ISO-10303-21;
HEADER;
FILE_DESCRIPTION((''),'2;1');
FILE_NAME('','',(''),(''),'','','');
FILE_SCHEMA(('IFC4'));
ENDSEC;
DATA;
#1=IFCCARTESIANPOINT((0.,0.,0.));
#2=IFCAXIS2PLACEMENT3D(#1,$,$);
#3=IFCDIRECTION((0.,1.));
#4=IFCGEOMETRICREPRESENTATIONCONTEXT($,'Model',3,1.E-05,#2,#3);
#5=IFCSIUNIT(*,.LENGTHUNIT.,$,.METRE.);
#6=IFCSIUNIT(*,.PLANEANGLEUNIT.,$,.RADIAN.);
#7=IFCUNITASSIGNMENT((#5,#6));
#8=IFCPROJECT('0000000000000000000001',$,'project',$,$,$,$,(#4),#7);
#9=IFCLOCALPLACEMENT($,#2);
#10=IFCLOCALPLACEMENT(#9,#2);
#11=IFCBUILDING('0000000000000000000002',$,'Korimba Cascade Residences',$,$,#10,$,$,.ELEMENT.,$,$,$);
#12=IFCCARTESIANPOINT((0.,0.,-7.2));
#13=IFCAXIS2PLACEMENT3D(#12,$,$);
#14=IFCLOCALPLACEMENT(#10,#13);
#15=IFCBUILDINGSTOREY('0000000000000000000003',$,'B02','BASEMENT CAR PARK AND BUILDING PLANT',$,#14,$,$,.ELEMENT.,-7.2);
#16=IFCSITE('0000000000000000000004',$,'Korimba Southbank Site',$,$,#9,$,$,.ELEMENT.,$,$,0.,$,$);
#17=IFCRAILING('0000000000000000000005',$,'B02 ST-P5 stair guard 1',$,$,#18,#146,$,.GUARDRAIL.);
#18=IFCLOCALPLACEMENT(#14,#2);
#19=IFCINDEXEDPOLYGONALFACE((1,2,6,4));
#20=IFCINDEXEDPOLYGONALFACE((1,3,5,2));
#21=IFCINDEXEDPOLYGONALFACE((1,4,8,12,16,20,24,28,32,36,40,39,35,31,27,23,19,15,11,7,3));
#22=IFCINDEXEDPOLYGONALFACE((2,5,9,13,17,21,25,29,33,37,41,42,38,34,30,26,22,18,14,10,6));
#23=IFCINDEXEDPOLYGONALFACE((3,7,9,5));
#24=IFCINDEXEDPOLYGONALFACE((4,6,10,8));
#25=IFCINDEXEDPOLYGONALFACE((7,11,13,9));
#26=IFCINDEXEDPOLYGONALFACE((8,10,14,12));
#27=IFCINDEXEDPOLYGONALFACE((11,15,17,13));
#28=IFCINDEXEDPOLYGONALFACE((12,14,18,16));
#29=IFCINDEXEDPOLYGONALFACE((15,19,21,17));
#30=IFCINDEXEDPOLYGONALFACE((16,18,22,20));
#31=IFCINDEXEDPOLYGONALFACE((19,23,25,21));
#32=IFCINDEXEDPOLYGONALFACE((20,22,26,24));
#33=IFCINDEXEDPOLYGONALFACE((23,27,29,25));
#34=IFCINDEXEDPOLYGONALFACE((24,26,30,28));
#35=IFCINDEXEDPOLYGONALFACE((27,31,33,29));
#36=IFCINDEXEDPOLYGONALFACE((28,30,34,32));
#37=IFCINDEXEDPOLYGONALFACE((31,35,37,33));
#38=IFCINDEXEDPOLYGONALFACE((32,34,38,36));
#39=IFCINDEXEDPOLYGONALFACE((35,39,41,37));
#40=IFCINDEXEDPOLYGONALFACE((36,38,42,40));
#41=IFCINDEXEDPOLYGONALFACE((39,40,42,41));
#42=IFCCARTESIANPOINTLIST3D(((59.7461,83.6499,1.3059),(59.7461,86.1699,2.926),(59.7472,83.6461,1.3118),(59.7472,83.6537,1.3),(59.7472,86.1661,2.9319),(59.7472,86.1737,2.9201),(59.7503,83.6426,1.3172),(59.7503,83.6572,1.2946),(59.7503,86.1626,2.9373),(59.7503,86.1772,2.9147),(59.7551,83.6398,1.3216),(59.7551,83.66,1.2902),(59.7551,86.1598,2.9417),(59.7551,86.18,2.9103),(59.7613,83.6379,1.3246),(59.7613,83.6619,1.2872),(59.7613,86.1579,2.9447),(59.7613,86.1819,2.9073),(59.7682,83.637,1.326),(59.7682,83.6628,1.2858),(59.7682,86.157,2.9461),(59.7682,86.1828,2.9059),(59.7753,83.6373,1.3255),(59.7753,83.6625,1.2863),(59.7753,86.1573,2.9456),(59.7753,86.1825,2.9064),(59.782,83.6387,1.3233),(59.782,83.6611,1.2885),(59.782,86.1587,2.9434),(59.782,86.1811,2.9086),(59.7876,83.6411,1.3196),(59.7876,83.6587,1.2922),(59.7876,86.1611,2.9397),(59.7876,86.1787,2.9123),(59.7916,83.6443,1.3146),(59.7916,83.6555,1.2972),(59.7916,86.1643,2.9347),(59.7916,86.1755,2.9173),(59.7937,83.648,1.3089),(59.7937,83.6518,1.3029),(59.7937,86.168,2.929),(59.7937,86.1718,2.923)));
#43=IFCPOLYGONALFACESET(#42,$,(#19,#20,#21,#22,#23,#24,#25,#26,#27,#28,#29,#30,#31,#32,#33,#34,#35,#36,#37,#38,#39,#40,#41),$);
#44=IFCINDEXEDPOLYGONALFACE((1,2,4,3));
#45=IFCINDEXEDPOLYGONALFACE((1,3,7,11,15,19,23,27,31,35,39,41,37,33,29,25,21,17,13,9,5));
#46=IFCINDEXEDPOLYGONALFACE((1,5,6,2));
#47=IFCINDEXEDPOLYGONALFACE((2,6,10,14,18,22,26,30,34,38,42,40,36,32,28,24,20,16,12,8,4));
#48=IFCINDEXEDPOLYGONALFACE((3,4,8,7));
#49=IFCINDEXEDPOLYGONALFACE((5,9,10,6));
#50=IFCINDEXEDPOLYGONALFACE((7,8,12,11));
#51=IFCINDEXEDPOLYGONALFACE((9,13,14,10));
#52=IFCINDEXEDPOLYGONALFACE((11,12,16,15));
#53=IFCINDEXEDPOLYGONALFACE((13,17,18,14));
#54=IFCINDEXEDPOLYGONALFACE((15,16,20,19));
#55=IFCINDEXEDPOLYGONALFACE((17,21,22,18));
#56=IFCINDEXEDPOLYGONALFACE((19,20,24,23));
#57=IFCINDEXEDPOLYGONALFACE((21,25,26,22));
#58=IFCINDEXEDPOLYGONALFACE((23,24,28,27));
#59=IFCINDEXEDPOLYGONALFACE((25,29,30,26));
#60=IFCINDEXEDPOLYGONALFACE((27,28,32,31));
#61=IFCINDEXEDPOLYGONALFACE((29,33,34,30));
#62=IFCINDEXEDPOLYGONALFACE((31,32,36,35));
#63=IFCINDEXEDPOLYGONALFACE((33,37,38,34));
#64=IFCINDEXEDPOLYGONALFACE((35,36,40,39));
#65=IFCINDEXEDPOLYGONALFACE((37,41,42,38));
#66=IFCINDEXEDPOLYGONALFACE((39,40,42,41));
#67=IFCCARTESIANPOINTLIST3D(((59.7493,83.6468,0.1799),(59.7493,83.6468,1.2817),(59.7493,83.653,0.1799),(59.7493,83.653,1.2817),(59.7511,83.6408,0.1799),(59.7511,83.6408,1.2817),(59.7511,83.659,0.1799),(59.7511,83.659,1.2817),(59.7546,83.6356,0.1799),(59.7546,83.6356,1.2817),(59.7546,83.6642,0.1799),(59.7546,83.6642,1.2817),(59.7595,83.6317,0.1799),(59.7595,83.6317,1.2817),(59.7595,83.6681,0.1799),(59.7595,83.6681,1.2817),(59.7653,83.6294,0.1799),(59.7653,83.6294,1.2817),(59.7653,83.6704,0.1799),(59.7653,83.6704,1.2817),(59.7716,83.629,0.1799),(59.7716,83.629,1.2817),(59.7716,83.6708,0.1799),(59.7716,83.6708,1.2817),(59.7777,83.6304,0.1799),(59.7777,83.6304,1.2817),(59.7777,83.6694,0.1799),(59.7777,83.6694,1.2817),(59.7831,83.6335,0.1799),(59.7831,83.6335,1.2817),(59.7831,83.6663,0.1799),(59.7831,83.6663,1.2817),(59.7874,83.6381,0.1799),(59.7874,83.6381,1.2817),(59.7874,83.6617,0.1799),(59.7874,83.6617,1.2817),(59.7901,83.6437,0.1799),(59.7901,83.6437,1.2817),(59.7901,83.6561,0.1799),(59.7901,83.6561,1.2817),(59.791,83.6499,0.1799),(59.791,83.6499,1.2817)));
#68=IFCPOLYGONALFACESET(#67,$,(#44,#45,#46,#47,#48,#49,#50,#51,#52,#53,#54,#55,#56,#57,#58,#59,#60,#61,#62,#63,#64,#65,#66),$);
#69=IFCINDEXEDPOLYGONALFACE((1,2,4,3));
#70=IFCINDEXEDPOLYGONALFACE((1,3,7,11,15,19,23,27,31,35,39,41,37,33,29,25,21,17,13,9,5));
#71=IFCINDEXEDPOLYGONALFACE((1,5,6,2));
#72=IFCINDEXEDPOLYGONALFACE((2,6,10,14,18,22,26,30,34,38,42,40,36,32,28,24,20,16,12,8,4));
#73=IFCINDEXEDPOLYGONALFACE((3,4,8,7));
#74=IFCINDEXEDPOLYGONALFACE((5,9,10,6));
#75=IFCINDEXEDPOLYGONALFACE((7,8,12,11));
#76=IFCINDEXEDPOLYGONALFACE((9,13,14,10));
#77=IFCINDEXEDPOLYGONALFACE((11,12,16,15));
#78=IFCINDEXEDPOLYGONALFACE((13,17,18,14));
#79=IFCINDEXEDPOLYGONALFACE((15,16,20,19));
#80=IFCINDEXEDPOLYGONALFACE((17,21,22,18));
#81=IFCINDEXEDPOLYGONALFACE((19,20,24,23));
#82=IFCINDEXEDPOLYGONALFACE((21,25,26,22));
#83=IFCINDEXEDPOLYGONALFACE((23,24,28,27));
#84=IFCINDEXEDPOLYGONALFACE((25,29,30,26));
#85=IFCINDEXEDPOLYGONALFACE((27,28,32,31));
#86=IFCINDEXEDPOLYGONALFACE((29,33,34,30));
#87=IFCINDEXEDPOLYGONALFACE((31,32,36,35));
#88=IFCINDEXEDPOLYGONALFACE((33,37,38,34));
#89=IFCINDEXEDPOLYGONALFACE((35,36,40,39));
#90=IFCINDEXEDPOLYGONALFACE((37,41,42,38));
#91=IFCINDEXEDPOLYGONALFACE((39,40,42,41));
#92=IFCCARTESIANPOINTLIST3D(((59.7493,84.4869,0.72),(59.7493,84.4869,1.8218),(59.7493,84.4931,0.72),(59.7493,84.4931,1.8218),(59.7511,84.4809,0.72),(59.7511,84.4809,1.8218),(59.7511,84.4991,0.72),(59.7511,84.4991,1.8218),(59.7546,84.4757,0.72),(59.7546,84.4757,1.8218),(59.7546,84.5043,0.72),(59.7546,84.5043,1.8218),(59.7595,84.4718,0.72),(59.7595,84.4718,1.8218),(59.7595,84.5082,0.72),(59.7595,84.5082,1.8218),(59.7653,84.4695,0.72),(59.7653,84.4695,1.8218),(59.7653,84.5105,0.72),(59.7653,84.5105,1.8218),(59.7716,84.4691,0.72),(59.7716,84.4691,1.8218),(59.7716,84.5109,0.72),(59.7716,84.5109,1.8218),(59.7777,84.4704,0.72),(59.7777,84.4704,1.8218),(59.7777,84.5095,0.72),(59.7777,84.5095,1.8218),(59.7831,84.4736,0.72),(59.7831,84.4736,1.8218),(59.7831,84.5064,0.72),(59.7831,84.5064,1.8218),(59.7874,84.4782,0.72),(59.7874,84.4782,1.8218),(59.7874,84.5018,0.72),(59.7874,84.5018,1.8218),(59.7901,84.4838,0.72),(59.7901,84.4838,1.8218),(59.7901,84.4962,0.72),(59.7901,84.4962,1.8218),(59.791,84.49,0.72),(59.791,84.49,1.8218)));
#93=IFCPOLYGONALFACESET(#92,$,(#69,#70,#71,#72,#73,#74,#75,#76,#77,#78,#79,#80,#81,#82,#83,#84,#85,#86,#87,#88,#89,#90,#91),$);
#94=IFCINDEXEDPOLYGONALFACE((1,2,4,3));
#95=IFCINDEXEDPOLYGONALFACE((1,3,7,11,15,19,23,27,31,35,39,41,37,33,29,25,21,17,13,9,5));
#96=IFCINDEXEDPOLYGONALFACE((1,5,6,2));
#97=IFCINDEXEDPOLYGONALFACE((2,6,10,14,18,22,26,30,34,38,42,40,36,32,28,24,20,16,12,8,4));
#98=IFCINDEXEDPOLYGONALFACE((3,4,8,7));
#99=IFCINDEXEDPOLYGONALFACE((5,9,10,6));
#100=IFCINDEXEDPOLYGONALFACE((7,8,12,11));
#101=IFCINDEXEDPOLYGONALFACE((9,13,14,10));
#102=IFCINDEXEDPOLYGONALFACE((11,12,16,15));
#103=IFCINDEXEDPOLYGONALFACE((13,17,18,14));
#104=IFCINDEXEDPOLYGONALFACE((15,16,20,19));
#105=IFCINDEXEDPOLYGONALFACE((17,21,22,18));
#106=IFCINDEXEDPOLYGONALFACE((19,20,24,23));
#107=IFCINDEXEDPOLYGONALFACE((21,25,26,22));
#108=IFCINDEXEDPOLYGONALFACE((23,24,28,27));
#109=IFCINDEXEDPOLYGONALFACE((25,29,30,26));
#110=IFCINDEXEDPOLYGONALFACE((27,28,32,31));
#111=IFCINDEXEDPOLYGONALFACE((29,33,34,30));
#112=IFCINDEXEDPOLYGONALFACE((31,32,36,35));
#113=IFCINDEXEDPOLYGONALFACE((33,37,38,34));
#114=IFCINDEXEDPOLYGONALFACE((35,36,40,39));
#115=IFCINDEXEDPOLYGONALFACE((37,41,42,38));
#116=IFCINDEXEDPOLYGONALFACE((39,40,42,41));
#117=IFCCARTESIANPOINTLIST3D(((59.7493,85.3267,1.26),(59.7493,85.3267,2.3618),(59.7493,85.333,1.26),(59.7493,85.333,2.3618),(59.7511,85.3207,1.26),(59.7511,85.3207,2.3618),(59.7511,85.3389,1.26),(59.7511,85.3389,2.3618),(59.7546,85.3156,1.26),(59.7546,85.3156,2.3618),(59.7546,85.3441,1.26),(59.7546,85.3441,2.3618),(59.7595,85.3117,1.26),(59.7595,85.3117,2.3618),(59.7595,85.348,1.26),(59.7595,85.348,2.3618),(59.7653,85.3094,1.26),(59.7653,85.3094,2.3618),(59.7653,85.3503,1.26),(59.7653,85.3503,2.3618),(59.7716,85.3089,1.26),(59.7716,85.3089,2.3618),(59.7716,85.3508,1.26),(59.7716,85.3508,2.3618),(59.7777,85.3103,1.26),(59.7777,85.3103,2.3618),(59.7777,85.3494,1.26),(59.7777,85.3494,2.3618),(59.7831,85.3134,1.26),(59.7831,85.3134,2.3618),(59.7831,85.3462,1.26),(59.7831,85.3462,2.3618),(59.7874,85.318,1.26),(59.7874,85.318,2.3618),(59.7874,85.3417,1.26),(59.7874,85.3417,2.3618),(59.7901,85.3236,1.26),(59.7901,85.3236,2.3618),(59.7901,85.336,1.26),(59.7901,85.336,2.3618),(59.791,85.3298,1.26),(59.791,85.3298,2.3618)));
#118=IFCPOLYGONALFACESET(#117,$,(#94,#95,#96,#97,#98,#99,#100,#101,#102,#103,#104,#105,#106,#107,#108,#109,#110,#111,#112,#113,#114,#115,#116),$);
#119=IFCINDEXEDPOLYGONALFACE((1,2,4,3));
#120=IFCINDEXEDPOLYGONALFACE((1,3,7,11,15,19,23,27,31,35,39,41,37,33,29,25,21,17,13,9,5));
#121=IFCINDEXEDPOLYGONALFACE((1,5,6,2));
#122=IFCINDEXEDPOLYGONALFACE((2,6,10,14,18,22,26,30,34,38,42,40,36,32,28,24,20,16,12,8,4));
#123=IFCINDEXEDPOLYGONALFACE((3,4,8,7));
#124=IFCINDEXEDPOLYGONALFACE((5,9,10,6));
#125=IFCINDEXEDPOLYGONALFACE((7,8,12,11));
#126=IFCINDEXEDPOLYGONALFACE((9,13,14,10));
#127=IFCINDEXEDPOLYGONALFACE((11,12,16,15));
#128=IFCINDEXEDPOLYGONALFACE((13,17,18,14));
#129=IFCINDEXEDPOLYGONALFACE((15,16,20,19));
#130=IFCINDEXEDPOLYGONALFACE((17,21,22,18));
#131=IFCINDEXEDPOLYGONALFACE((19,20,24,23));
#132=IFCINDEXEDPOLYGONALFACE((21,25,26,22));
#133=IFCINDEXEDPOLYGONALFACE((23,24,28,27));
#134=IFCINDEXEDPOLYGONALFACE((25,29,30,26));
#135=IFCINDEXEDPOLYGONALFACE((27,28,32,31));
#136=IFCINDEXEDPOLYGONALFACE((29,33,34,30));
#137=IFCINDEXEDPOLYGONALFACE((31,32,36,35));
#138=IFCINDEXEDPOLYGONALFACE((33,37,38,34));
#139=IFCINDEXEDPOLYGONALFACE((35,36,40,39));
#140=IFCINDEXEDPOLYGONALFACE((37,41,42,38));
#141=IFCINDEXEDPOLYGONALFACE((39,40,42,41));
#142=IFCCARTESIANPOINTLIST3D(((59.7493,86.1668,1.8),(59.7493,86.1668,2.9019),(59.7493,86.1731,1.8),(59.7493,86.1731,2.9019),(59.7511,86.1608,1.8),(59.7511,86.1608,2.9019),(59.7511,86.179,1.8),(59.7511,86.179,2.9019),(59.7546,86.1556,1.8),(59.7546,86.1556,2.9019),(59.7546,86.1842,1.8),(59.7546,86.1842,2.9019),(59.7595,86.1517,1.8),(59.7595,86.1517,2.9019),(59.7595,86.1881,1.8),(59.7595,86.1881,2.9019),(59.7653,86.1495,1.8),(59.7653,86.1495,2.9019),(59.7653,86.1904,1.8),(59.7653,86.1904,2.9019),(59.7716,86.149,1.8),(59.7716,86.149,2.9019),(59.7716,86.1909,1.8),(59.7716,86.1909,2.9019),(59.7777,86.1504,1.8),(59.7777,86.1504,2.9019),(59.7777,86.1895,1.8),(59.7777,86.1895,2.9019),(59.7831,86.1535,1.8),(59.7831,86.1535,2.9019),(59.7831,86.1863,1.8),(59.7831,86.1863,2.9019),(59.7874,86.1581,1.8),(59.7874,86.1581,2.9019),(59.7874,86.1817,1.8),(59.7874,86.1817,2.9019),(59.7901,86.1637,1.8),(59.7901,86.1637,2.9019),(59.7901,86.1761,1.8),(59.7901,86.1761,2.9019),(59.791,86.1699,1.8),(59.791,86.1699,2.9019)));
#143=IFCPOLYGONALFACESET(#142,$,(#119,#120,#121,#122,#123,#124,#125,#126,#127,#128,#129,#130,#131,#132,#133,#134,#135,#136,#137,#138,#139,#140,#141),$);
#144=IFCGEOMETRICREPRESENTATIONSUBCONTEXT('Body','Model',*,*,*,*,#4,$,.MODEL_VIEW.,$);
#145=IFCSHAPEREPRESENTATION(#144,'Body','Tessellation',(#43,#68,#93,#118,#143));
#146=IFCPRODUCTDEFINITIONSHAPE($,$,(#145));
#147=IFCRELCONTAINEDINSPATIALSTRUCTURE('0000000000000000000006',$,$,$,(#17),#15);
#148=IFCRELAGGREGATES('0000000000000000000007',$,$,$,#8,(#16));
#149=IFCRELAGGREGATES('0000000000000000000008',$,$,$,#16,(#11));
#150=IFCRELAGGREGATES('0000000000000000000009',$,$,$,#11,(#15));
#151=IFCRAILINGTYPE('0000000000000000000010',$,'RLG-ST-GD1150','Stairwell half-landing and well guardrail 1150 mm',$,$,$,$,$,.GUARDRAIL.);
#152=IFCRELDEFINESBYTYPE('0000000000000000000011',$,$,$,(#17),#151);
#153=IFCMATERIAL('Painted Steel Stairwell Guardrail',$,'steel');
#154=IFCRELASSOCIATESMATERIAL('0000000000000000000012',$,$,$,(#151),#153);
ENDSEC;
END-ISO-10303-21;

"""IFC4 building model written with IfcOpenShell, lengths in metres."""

from ifc_helpers import new_model, si_unit, direction, frame, origin, origin_2d, place, context, subcontext, project, spatial, circle, extrude, material, type_object, element, save


model = new_model("IFC4")

# Units and contexts
model_context = context("Model", 3, precision=1e-05, world=origin(), true_north=direction((0.0, 1.0)))
body_context = subcontext(model_context, "Body", "Model", "MODEL_VIEW")
ifc_project = project(units=[si_unit("LENGTHUNIT", "METRE"), si_unit("PLANEANGLEUNIT", "RADIAN")], contexts=[model_context])

# Site, building, storey
site_placement = place(None, origin())
site = spatial("IfcSite", under=ifc_project, at=site_placement, Name="Korimba Southbank Site", CompositionType="ELEMENT", RefElevation=0.0)
building_placement = place(site_placement, origin())
building = spatial("IfcBuilding", under=site, at=building_placement, Name="Korimba Cascade Residences", CompositionType="ELEMENT")
storey_placement = place(building_placement, frame((0.0, 0.0, -7.2)))
storey = spatial("IfcBuildingStorey", under=building, at=storey_placement, Name="B02", Description="BASEMENT CAR PARK AND BUILDING PLANT", CompositionType="ELEMENT", Elevation=-7.2)

# Railing
ifc_material_1 = material(Name="Painted Steel Stairwell Guardrail", Category="steel")
railing_type_1 = type_object("IfcRailingType", Name="RLG-ST-GD1150", Description="Stairwell half-landing and well guardrail 1150 mm", PredefinedType="GUARDRAIL", material=ifc_material_1)
railing_1_placement = place(storey_placement, frame((59.77, 83.6499, 0.1799)))
element("IfcRailing", 1, at=railing_1_placement, inside=storey, type_object=railing_type_1, Name="B02 ST-P5 stair guard 1", PredefinedType="GUARDRAIL", context=body_context, shape_type="SweptSolid", body=[
    extrude(circle(Radius=0.0239, at=origin_2d()), frame((0.0, 0.0, 1.126), z_axis=(0.0, 0.841163, 0.540782), x_axis=(-1.0, 0.0, 0.0)), (0.0, 0.0, 1.0), 2.9958),
    extrude(circle(Radius=0.021, at=origin_2d()), origin(), (0.0, 0.0, 1.0), 1.1018),
    extrude(circle(Radius=0.021, at=origin_2d()), frame((0.0, 0.8401, 0.54)), (0.0, 0.0, 1.0), 1.1018),
    extrude(circle(Radius=0.021, at=origin_2d()), frame((0.0, 1.6799, 1.0801)), (0.0, 0.0, 1.0), 1.1018),
    extrude(circle(Radius=0.021, at=origin_2d()), frame((0.0, 2.52, 1.6201)), (0.0, 0.0, 1.0), 1.1018),
])

save(model, "model.ifc")
